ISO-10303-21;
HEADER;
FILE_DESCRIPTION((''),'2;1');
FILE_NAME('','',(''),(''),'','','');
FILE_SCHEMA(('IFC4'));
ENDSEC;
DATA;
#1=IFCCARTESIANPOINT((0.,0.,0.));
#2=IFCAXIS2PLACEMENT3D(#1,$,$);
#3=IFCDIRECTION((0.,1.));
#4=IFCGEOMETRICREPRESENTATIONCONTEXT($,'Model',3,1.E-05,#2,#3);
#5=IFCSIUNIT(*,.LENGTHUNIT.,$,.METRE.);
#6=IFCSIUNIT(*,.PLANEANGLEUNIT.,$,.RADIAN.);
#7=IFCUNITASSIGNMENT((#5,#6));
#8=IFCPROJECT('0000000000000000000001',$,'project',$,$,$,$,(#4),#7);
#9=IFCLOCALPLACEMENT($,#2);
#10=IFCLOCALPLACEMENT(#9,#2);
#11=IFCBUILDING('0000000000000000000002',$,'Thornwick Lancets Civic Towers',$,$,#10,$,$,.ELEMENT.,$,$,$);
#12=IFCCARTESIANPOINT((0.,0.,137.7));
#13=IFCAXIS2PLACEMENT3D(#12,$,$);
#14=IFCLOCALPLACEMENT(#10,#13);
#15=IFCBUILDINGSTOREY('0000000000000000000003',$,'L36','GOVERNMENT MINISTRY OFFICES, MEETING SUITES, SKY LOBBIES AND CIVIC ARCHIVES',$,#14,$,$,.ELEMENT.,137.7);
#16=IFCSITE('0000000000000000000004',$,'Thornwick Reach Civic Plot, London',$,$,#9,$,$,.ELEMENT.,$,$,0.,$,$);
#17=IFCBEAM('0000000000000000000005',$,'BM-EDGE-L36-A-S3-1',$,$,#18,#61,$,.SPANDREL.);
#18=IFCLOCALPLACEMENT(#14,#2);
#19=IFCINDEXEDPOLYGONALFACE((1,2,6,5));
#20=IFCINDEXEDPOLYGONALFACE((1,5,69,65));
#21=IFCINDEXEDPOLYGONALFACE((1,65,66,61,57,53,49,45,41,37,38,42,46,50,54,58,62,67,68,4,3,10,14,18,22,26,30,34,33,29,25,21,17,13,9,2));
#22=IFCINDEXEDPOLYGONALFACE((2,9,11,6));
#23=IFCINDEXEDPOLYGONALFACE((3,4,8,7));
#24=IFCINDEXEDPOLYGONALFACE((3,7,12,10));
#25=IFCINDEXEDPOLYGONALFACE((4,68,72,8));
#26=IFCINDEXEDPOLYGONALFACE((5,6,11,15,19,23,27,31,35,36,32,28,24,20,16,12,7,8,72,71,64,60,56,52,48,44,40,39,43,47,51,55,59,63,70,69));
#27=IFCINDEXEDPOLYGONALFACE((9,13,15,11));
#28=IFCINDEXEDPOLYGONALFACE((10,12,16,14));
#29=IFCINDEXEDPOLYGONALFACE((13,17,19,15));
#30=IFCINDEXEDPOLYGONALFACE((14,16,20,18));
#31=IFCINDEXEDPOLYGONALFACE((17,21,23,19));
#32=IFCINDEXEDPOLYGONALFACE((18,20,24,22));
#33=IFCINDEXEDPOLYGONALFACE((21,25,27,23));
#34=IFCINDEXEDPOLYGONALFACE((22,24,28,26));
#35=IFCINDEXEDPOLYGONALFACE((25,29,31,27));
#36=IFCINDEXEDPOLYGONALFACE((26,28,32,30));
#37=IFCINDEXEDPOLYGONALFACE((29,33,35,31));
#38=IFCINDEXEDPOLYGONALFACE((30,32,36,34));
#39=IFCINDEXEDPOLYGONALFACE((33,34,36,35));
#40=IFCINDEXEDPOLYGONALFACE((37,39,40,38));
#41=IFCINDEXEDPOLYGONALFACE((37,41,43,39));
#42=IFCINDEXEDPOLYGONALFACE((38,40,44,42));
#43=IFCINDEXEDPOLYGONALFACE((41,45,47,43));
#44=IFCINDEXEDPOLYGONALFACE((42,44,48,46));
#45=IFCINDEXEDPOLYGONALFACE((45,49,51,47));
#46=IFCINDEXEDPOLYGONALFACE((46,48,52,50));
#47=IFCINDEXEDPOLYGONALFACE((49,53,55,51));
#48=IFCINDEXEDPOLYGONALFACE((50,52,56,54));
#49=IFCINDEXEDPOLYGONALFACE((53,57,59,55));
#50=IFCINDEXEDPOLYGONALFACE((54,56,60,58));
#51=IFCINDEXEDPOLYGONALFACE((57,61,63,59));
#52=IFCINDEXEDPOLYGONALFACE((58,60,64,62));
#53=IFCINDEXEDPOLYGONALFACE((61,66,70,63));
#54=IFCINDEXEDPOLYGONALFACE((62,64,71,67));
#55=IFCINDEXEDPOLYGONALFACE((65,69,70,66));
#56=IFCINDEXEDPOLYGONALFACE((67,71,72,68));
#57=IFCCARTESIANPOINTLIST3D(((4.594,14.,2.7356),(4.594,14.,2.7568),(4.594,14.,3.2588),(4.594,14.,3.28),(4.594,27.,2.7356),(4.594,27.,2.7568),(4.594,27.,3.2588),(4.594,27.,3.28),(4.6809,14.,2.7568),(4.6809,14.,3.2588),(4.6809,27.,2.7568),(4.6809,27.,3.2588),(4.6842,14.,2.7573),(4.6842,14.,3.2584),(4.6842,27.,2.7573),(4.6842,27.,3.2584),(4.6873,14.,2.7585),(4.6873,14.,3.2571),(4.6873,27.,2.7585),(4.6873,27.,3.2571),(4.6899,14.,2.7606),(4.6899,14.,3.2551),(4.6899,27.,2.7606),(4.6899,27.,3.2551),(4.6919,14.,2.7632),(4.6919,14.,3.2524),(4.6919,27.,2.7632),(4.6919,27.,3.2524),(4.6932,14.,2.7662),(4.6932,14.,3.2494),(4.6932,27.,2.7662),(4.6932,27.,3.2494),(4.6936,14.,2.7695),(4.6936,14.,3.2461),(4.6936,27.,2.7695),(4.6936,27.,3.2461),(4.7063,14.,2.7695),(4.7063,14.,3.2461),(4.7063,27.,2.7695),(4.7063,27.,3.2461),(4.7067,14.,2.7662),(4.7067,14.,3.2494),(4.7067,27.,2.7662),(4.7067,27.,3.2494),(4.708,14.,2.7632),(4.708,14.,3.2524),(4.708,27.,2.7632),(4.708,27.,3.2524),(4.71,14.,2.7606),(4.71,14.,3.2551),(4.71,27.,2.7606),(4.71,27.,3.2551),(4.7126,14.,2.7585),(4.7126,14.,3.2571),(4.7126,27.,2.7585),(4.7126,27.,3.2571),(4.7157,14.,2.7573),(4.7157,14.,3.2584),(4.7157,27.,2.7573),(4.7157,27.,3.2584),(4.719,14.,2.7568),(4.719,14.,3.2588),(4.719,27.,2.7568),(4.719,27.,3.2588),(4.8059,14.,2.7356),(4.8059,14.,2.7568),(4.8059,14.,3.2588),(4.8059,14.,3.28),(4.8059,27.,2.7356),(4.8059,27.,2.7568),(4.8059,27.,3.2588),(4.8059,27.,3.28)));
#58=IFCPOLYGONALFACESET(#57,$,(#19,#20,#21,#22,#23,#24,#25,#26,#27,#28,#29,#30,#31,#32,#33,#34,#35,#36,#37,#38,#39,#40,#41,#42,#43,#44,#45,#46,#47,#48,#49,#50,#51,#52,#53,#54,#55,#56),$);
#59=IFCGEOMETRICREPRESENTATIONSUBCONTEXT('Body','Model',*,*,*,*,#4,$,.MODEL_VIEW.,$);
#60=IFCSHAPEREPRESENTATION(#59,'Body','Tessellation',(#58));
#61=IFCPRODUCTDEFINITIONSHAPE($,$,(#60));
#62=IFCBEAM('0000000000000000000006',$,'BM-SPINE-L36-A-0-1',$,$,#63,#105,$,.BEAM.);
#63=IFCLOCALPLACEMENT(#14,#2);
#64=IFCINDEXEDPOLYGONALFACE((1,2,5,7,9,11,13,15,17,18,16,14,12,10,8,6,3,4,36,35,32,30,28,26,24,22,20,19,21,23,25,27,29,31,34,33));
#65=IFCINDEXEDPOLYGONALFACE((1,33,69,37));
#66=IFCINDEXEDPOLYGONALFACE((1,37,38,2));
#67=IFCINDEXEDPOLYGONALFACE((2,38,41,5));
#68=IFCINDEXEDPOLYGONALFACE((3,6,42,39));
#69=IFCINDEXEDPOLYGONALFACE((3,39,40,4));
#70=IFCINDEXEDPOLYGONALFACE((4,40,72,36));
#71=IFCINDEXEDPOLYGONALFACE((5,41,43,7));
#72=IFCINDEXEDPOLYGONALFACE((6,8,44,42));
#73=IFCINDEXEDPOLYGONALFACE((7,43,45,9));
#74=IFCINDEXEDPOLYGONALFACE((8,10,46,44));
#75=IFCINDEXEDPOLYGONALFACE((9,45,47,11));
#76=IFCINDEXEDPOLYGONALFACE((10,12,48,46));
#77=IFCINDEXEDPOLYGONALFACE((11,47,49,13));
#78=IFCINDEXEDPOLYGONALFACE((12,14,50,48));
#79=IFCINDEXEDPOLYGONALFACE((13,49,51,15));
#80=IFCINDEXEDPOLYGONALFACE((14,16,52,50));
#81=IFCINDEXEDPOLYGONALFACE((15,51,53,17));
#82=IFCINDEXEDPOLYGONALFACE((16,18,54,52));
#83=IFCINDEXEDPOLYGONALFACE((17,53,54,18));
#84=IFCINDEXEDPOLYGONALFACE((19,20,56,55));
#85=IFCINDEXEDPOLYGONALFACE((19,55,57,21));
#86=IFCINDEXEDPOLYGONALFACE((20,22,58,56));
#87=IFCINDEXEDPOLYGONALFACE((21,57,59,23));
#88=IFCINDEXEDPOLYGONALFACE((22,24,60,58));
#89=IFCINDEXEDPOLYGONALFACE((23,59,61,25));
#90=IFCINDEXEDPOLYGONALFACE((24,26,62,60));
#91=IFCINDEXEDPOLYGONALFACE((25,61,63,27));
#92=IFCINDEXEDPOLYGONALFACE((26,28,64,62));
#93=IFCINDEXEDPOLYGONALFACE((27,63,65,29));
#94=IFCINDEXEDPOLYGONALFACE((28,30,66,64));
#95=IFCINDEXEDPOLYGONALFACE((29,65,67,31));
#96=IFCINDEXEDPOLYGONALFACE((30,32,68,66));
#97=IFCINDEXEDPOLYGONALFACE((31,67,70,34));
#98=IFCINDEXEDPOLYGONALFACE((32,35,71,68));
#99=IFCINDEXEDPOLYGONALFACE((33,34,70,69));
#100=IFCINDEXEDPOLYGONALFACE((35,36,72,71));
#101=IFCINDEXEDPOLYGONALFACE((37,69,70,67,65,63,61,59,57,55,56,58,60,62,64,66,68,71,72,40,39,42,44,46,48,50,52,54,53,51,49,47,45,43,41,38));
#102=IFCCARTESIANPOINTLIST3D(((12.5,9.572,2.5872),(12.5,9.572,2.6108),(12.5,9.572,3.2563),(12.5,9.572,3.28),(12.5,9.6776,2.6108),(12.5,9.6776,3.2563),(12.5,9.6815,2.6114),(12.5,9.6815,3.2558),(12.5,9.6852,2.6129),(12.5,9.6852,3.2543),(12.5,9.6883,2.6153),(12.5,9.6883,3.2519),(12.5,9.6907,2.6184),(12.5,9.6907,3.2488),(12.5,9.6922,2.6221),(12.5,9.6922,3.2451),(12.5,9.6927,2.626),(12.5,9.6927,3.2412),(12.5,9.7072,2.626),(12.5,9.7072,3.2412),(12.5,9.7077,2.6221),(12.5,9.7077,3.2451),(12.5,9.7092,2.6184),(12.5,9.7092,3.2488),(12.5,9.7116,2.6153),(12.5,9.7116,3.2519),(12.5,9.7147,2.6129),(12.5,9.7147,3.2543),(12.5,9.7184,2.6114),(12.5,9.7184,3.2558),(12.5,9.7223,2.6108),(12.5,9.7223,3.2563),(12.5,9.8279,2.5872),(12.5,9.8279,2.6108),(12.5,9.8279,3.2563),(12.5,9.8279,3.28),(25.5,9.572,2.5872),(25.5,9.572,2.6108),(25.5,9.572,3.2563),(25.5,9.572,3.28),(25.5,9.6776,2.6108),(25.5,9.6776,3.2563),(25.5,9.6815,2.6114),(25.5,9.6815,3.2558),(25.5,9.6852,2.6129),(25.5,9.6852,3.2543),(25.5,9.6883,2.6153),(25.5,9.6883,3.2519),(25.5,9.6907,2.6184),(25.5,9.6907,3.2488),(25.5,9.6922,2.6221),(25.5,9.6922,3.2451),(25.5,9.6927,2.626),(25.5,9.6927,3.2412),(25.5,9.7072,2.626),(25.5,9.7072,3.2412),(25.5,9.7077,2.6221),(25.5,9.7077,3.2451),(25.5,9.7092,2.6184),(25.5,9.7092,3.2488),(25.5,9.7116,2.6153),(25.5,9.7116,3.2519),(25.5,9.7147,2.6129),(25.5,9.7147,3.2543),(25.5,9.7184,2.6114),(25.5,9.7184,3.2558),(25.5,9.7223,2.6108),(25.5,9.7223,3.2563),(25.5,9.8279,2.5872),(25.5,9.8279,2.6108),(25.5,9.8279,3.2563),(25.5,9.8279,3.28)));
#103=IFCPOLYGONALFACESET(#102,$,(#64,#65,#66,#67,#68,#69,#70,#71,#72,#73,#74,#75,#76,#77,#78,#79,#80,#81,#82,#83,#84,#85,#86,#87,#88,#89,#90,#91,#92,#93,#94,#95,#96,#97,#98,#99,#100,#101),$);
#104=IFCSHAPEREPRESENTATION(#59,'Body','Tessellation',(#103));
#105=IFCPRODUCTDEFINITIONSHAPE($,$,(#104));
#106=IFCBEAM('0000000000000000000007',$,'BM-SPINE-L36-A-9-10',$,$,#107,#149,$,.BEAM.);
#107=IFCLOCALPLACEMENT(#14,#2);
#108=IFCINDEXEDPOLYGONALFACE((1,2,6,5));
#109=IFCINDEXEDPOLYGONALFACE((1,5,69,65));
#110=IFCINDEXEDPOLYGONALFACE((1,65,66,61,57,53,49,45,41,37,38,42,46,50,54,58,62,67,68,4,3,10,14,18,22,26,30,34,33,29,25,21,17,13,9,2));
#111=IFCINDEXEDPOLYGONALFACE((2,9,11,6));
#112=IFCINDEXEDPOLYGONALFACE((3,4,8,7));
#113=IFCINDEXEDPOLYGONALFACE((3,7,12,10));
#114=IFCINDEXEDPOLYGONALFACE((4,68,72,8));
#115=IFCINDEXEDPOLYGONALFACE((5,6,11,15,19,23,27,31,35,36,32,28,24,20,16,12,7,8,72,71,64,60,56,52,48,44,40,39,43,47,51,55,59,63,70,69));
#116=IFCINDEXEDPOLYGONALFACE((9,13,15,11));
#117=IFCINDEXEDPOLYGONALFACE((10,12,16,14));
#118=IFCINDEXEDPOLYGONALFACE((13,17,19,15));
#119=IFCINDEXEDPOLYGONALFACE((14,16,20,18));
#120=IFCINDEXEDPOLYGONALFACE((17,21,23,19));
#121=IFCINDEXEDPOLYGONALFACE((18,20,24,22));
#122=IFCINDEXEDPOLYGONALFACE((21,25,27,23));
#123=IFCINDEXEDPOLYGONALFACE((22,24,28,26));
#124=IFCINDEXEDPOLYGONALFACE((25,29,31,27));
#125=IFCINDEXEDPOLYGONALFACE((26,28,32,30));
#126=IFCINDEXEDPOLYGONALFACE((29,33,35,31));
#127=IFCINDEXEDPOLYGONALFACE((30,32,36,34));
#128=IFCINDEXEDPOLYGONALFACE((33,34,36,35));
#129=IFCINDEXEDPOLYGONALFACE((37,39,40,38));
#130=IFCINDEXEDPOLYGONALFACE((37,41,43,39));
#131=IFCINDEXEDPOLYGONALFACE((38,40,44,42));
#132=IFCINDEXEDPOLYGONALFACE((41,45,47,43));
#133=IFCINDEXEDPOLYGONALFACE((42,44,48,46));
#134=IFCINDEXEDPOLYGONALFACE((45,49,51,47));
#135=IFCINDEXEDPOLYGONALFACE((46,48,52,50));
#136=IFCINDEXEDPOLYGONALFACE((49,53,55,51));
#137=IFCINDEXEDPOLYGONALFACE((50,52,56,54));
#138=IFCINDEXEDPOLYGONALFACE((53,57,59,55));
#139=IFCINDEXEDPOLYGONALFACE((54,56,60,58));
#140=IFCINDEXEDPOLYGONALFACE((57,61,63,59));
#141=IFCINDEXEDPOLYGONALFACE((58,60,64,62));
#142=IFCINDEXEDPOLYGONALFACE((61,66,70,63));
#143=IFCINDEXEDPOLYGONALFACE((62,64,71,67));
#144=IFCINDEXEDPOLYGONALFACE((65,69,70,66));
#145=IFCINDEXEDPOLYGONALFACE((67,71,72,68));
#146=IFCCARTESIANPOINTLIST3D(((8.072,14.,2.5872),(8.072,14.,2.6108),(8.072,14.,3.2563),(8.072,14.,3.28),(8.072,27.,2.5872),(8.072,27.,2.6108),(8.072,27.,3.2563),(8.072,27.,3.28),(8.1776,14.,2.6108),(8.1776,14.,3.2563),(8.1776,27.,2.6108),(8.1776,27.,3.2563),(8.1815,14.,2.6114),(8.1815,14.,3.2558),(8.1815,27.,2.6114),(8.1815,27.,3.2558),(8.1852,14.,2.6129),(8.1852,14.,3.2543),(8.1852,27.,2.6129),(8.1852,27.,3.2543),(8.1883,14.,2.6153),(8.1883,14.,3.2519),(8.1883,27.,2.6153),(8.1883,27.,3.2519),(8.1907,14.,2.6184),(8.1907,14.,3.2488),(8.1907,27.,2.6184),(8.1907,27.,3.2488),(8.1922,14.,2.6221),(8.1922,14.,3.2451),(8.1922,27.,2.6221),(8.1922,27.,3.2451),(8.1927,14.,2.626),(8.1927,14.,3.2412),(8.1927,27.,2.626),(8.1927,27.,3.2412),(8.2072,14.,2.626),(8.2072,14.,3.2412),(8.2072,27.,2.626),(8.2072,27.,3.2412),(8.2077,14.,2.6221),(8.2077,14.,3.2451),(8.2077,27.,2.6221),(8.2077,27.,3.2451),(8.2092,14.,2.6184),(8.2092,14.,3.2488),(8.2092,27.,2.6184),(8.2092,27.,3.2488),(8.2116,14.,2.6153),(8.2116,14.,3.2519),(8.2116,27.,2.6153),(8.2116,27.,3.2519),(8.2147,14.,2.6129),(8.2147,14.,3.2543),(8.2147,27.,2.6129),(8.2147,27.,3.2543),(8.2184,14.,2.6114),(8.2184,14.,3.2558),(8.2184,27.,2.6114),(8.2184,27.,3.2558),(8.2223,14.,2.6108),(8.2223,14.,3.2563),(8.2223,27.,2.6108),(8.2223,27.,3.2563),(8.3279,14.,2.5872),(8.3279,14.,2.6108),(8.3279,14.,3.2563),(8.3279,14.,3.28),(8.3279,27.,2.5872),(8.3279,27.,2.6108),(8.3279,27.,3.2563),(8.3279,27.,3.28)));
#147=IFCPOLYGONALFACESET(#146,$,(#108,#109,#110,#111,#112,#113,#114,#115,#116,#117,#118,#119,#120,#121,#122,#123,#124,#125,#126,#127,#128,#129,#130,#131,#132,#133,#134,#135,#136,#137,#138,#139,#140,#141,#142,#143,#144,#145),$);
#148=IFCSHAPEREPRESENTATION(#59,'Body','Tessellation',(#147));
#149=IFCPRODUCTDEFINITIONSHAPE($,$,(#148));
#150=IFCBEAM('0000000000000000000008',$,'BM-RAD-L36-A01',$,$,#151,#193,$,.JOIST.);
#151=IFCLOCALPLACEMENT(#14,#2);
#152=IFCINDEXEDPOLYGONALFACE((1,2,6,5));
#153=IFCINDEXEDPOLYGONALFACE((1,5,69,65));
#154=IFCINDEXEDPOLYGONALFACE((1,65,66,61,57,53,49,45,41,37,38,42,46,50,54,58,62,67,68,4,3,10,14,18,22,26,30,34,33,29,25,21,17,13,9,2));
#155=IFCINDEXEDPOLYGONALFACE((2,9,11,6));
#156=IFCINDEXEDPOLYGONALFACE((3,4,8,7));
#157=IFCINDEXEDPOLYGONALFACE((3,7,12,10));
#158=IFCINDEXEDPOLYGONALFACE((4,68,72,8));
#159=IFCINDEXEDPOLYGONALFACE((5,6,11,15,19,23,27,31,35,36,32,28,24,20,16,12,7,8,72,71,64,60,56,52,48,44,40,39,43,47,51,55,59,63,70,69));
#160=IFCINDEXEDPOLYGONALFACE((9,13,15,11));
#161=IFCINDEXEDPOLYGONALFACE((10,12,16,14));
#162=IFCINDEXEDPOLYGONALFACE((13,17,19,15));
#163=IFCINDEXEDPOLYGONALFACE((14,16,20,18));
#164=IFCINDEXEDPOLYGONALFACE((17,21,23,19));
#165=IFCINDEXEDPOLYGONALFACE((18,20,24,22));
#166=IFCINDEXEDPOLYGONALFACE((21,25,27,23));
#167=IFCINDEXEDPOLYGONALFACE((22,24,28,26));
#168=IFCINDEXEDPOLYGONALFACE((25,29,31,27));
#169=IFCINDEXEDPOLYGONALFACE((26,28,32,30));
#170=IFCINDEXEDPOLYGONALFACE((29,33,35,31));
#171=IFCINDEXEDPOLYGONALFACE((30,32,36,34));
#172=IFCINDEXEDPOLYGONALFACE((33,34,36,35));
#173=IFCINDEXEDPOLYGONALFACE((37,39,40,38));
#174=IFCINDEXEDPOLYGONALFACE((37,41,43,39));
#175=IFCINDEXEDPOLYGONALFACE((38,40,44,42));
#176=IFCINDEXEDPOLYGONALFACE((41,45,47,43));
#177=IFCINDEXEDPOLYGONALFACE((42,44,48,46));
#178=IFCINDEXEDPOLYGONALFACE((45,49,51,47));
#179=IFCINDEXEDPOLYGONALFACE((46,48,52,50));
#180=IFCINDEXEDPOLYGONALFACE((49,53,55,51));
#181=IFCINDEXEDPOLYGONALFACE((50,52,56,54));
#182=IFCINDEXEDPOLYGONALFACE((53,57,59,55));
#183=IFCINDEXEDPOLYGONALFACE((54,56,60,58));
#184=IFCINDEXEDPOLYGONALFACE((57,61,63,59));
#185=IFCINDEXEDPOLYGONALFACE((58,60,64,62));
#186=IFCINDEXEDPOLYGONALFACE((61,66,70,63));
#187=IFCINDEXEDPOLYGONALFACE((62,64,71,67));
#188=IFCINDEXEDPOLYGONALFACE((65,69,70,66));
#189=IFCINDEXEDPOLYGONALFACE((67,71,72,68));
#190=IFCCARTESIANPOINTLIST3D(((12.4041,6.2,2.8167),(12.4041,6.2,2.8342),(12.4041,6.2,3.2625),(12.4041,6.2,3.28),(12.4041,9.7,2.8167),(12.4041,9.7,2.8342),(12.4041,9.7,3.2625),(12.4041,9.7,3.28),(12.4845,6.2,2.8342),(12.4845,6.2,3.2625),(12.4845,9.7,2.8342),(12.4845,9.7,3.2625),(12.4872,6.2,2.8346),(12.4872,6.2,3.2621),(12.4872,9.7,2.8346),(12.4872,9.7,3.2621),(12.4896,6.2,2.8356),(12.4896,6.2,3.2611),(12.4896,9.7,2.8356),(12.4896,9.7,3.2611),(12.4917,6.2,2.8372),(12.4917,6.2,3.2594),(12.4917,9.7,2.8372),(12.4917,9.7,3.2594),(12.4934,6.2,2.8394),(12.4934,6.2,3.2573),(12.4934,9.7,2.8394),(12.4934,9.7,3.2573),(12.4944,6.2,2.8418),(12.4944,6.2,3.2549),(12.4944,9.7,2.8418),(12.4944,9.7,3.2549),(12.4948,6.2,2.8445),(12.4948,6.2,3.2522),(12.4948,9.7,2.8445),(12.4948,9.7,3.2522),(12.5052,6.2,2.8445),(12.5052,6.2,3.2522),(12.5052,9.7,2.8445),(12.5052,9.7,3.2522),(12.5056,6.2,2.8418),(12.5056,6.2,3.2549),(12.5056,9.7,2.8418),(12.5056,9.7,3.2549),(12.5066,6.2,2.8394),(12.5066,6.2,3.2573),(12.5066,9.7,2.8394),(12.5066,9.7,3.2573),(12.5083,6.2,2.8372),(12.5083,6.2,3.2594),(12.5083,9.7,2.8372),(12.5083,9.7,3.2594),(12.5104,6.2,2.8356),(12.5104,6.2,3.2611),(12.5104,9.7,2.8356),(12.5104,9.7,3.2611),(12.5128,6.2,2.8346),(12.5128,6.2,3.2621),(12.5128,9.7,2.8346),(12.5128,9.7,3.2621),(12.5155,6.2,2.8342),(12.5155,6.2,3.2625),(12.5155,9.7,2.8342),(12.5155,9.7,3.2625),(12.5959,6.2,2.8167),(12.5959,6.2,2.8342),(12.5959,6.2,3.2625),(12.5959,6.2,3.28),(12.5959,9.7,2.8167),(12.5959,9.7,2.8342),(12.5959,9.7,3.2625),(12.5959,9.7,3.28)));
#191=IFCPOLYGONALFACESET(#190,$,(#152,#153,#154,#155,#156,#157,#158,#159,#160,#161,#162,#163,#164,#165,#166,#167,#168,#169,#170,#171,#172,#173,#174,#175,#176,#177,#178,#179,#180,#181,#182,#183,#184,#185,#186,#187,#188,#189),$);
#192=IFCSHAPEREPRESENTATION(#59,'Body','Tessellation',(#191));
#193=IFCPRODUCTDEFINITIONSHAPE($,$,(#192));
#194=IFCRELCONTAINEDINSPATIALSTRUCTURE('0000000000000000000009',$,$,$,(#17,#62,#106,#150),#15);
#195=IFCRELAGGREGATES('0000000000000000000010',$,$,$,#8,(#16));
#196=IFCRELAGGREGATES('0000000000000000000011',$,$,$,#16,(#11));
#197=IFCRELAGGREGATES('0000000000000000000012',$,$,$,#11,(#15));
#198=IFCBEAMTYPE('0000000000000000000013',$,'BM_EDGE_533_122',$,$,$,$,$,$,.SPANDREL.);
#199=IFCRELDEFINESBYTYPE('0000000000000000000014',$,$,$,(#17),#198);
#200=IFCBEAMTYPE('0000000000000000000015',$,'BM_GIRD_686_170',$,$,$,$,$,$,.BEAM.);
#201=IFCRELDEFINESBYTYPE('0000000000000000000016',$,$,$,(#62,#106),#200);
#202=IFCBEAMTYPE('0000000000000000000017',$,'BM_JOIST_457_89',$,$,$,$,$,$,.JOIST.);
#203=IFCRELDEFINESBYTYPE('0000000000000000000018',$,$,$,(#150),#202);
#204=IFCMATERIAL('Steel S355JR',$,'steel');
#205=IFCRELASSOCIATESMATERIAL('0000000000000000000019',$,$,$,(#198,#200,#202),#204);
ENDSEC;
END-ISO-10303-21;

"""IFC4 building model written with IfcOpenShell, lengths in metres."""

from ifc_helpers import new_model, si_unit, direction, frame, origin, origin_2d, place, context, subcontext, project, spatial, i_section, extrude, material, material_profile, profile_set, type_object, element, save


model = new_model("IFC4")

# Units and contexts
model_context = context("Model", 3, precision=1e-05, world=origin(), true_north=direction((0.0, 1.0)))
body_context = subcontext(model_context, "Body", "Model", "MODEL_VIEW")
ifc_project = project(units=[si_unit("LENGTHUNIT", "METRE"), si_unit("PLANEANGLEUNIT", "RADIAN")], contexts=[model_context])

# Site, building, storey
site_placement = place(None, origin())
site = spatial("IfcSite", under=ifc_project, at=site_placement, Name="Thornwick Reach Civic Plot, London", CompositionType="ELEMENT", RefElevation=0.0)
building_placement = place(site_placement, origin())
building = spatial("IfcBuilding", under=site, at=building_placement, Name="Thornwick Lancets Civic Towers", CompositionType="ELEMENT")
storey_placement = place(building_placement, frame((0.0, 0.0, 137.7)))
storey = spatial("IfcBuildingStorey", under=building, at=storey_placement, Name="L36", Description="GOVERNMENT MINISTRY OFFICES, MEETING SUITES, SKY LOBBIES AND CIVIC ARCHIVES", CompositionType="ELEMENT", Elevation=137.7)

# Beams
ifc_material_1 = material(Name="Steel S355JR", Category="steel")
ifc_material_profile_1 = material_profile(ifc_material_1, i_section(OverallWidth=0.2119, OverallDepth=0.5444, WebThickness=0.0127, FlangeThickness=0.0212, FilletRadius=0.0127, at=origin_2d()), Name="UKB 533x210x122")
ifc_profile_set_1 = profile_set([ifc_material_profile_1], Name="Steel S355JR")
beam_type_1 = type_object("IfcBeamType", Name="BM_EDGE_533_122", PredefinedType="SPANDREL", material=ifc_profile_set_1)
for number, where, z_axis, x_axis, name in (
    (1, (4.7, 14.0, 3.0078), (0.0, 1.0, 0.0), (-1.0, 0.0, 0.0), "BM-EDGE-L36-A-S3-1"),
):
    element("IfcBeam", number, at=place(storey_placement, frame(where, z_axis=z_axis, x_axis=x_axis)), inside=storey, type_object=beam_type_1, Name=name, PredefinedType="SPANDREL", context=body_context, shape_type="SweptSolid", body=[
        extrude(i_section(OverallWidth=0.2119, OverallDepth=0.5444, WebThickness=0.0127, FlangeThickness=0.0212, FilletRadius=0.0127, at=origin_2d()), origin(), (0.0, 0.0, 1.0), 13.0),
    ])
ifc_material_profile_2 = material_profile(ifc_material_1, i_section(OverallWidth=0.2559, OverallDepth=0.6929, WebThickness=0.0144, FlangeThickness=0.0237, FilletRadius=0.0151, at=origin_2d()), Name="UKB 686x254x170")
ifc_profile_set_2 = profile_set([ifc_material_profile_2], Name="Steel S355JR")
beam_type_2 = type_object("IfcBeamType", Name="BM_GIRD_686_170", PredefinedType="BEAM", material=ifc_profile_set_2)
for number, where, z_axis, x_axis, name in (
    (2, (12.5, 9.7, 2.9336), (1.0, 0.0, 0.0), (0.0, 1.0, 0.0), "BM-SPINE-L36-A-0-1"),
    (3, (8.2, 14.0, 2.9336), (0.0, 1.0, 0.0), (-1.0, 0.0, 0.0), "BM-SPINE-L36-A-9-10"),
):
    element("IfcBeam", number, at=place(storey_placement, frame(where, z_axis=z_axis, x_axis=x_axis)), inside=storey, type_object=beam_type_2, Name=name, PredefinedType="BEAM", context=body_context, shape_type="SweptSolid", body=[
        extrude(i_section(OverallWidth=0.2559, OverallDepth=0.6929, WebThickness=0.0144, FlangeThickness=0.0237, FilletRadius=0.0151, at=origin_2d()), origin(), (0.0, 0.0, 1.0), 13.0),
    ])
ifc_material_profile_3 = material_profile(ifc_material_1, i_section(OverallWidth=0.1919, OverallDepth=0.4634, WebThickness=0.0105, FlangeThickness=0.0176, FilletRadius=0.0103, at=origin_2d()), Name="UKB 457x191x89")
ifc_profile_set_3 = profile_set([ifc_material_profile_3], Name="Steel S355JR")
beam_type_3 = type_object("IfcBeamType", Name="BM_JOIST_457_89", PredefinedType="JOIST", material=ifc_profile_set_3)
for number, where, z_axis, x_axis, name in (
    (4, (12.5, 9.7, 3.0483), (0.0, -1.0, 0.0), (1.0, 0.0, 0.0), "BM-RAD-L36-A01"),
):
    element("IfcBeam", number, at=place(storey_placement, frame(where, z_axis=z_axis, x_axis=x_axis)), inside=storey, type_object=beam_type_3, Name=name, PredefinedType="JOIST", context=body_context, shape_type="SweptSolid", body=[
        extrude(i_section(OverallWidth=0.1919, OverallDepth=0.4634, WebThickness=0.0105, FlangeThickness=0.0176, FilletRadius=0.0103, at=origin_2d()), origin(), (0.0, 0.0, 1.0), 3.5),
    ])

save(model, "model.ifc")
